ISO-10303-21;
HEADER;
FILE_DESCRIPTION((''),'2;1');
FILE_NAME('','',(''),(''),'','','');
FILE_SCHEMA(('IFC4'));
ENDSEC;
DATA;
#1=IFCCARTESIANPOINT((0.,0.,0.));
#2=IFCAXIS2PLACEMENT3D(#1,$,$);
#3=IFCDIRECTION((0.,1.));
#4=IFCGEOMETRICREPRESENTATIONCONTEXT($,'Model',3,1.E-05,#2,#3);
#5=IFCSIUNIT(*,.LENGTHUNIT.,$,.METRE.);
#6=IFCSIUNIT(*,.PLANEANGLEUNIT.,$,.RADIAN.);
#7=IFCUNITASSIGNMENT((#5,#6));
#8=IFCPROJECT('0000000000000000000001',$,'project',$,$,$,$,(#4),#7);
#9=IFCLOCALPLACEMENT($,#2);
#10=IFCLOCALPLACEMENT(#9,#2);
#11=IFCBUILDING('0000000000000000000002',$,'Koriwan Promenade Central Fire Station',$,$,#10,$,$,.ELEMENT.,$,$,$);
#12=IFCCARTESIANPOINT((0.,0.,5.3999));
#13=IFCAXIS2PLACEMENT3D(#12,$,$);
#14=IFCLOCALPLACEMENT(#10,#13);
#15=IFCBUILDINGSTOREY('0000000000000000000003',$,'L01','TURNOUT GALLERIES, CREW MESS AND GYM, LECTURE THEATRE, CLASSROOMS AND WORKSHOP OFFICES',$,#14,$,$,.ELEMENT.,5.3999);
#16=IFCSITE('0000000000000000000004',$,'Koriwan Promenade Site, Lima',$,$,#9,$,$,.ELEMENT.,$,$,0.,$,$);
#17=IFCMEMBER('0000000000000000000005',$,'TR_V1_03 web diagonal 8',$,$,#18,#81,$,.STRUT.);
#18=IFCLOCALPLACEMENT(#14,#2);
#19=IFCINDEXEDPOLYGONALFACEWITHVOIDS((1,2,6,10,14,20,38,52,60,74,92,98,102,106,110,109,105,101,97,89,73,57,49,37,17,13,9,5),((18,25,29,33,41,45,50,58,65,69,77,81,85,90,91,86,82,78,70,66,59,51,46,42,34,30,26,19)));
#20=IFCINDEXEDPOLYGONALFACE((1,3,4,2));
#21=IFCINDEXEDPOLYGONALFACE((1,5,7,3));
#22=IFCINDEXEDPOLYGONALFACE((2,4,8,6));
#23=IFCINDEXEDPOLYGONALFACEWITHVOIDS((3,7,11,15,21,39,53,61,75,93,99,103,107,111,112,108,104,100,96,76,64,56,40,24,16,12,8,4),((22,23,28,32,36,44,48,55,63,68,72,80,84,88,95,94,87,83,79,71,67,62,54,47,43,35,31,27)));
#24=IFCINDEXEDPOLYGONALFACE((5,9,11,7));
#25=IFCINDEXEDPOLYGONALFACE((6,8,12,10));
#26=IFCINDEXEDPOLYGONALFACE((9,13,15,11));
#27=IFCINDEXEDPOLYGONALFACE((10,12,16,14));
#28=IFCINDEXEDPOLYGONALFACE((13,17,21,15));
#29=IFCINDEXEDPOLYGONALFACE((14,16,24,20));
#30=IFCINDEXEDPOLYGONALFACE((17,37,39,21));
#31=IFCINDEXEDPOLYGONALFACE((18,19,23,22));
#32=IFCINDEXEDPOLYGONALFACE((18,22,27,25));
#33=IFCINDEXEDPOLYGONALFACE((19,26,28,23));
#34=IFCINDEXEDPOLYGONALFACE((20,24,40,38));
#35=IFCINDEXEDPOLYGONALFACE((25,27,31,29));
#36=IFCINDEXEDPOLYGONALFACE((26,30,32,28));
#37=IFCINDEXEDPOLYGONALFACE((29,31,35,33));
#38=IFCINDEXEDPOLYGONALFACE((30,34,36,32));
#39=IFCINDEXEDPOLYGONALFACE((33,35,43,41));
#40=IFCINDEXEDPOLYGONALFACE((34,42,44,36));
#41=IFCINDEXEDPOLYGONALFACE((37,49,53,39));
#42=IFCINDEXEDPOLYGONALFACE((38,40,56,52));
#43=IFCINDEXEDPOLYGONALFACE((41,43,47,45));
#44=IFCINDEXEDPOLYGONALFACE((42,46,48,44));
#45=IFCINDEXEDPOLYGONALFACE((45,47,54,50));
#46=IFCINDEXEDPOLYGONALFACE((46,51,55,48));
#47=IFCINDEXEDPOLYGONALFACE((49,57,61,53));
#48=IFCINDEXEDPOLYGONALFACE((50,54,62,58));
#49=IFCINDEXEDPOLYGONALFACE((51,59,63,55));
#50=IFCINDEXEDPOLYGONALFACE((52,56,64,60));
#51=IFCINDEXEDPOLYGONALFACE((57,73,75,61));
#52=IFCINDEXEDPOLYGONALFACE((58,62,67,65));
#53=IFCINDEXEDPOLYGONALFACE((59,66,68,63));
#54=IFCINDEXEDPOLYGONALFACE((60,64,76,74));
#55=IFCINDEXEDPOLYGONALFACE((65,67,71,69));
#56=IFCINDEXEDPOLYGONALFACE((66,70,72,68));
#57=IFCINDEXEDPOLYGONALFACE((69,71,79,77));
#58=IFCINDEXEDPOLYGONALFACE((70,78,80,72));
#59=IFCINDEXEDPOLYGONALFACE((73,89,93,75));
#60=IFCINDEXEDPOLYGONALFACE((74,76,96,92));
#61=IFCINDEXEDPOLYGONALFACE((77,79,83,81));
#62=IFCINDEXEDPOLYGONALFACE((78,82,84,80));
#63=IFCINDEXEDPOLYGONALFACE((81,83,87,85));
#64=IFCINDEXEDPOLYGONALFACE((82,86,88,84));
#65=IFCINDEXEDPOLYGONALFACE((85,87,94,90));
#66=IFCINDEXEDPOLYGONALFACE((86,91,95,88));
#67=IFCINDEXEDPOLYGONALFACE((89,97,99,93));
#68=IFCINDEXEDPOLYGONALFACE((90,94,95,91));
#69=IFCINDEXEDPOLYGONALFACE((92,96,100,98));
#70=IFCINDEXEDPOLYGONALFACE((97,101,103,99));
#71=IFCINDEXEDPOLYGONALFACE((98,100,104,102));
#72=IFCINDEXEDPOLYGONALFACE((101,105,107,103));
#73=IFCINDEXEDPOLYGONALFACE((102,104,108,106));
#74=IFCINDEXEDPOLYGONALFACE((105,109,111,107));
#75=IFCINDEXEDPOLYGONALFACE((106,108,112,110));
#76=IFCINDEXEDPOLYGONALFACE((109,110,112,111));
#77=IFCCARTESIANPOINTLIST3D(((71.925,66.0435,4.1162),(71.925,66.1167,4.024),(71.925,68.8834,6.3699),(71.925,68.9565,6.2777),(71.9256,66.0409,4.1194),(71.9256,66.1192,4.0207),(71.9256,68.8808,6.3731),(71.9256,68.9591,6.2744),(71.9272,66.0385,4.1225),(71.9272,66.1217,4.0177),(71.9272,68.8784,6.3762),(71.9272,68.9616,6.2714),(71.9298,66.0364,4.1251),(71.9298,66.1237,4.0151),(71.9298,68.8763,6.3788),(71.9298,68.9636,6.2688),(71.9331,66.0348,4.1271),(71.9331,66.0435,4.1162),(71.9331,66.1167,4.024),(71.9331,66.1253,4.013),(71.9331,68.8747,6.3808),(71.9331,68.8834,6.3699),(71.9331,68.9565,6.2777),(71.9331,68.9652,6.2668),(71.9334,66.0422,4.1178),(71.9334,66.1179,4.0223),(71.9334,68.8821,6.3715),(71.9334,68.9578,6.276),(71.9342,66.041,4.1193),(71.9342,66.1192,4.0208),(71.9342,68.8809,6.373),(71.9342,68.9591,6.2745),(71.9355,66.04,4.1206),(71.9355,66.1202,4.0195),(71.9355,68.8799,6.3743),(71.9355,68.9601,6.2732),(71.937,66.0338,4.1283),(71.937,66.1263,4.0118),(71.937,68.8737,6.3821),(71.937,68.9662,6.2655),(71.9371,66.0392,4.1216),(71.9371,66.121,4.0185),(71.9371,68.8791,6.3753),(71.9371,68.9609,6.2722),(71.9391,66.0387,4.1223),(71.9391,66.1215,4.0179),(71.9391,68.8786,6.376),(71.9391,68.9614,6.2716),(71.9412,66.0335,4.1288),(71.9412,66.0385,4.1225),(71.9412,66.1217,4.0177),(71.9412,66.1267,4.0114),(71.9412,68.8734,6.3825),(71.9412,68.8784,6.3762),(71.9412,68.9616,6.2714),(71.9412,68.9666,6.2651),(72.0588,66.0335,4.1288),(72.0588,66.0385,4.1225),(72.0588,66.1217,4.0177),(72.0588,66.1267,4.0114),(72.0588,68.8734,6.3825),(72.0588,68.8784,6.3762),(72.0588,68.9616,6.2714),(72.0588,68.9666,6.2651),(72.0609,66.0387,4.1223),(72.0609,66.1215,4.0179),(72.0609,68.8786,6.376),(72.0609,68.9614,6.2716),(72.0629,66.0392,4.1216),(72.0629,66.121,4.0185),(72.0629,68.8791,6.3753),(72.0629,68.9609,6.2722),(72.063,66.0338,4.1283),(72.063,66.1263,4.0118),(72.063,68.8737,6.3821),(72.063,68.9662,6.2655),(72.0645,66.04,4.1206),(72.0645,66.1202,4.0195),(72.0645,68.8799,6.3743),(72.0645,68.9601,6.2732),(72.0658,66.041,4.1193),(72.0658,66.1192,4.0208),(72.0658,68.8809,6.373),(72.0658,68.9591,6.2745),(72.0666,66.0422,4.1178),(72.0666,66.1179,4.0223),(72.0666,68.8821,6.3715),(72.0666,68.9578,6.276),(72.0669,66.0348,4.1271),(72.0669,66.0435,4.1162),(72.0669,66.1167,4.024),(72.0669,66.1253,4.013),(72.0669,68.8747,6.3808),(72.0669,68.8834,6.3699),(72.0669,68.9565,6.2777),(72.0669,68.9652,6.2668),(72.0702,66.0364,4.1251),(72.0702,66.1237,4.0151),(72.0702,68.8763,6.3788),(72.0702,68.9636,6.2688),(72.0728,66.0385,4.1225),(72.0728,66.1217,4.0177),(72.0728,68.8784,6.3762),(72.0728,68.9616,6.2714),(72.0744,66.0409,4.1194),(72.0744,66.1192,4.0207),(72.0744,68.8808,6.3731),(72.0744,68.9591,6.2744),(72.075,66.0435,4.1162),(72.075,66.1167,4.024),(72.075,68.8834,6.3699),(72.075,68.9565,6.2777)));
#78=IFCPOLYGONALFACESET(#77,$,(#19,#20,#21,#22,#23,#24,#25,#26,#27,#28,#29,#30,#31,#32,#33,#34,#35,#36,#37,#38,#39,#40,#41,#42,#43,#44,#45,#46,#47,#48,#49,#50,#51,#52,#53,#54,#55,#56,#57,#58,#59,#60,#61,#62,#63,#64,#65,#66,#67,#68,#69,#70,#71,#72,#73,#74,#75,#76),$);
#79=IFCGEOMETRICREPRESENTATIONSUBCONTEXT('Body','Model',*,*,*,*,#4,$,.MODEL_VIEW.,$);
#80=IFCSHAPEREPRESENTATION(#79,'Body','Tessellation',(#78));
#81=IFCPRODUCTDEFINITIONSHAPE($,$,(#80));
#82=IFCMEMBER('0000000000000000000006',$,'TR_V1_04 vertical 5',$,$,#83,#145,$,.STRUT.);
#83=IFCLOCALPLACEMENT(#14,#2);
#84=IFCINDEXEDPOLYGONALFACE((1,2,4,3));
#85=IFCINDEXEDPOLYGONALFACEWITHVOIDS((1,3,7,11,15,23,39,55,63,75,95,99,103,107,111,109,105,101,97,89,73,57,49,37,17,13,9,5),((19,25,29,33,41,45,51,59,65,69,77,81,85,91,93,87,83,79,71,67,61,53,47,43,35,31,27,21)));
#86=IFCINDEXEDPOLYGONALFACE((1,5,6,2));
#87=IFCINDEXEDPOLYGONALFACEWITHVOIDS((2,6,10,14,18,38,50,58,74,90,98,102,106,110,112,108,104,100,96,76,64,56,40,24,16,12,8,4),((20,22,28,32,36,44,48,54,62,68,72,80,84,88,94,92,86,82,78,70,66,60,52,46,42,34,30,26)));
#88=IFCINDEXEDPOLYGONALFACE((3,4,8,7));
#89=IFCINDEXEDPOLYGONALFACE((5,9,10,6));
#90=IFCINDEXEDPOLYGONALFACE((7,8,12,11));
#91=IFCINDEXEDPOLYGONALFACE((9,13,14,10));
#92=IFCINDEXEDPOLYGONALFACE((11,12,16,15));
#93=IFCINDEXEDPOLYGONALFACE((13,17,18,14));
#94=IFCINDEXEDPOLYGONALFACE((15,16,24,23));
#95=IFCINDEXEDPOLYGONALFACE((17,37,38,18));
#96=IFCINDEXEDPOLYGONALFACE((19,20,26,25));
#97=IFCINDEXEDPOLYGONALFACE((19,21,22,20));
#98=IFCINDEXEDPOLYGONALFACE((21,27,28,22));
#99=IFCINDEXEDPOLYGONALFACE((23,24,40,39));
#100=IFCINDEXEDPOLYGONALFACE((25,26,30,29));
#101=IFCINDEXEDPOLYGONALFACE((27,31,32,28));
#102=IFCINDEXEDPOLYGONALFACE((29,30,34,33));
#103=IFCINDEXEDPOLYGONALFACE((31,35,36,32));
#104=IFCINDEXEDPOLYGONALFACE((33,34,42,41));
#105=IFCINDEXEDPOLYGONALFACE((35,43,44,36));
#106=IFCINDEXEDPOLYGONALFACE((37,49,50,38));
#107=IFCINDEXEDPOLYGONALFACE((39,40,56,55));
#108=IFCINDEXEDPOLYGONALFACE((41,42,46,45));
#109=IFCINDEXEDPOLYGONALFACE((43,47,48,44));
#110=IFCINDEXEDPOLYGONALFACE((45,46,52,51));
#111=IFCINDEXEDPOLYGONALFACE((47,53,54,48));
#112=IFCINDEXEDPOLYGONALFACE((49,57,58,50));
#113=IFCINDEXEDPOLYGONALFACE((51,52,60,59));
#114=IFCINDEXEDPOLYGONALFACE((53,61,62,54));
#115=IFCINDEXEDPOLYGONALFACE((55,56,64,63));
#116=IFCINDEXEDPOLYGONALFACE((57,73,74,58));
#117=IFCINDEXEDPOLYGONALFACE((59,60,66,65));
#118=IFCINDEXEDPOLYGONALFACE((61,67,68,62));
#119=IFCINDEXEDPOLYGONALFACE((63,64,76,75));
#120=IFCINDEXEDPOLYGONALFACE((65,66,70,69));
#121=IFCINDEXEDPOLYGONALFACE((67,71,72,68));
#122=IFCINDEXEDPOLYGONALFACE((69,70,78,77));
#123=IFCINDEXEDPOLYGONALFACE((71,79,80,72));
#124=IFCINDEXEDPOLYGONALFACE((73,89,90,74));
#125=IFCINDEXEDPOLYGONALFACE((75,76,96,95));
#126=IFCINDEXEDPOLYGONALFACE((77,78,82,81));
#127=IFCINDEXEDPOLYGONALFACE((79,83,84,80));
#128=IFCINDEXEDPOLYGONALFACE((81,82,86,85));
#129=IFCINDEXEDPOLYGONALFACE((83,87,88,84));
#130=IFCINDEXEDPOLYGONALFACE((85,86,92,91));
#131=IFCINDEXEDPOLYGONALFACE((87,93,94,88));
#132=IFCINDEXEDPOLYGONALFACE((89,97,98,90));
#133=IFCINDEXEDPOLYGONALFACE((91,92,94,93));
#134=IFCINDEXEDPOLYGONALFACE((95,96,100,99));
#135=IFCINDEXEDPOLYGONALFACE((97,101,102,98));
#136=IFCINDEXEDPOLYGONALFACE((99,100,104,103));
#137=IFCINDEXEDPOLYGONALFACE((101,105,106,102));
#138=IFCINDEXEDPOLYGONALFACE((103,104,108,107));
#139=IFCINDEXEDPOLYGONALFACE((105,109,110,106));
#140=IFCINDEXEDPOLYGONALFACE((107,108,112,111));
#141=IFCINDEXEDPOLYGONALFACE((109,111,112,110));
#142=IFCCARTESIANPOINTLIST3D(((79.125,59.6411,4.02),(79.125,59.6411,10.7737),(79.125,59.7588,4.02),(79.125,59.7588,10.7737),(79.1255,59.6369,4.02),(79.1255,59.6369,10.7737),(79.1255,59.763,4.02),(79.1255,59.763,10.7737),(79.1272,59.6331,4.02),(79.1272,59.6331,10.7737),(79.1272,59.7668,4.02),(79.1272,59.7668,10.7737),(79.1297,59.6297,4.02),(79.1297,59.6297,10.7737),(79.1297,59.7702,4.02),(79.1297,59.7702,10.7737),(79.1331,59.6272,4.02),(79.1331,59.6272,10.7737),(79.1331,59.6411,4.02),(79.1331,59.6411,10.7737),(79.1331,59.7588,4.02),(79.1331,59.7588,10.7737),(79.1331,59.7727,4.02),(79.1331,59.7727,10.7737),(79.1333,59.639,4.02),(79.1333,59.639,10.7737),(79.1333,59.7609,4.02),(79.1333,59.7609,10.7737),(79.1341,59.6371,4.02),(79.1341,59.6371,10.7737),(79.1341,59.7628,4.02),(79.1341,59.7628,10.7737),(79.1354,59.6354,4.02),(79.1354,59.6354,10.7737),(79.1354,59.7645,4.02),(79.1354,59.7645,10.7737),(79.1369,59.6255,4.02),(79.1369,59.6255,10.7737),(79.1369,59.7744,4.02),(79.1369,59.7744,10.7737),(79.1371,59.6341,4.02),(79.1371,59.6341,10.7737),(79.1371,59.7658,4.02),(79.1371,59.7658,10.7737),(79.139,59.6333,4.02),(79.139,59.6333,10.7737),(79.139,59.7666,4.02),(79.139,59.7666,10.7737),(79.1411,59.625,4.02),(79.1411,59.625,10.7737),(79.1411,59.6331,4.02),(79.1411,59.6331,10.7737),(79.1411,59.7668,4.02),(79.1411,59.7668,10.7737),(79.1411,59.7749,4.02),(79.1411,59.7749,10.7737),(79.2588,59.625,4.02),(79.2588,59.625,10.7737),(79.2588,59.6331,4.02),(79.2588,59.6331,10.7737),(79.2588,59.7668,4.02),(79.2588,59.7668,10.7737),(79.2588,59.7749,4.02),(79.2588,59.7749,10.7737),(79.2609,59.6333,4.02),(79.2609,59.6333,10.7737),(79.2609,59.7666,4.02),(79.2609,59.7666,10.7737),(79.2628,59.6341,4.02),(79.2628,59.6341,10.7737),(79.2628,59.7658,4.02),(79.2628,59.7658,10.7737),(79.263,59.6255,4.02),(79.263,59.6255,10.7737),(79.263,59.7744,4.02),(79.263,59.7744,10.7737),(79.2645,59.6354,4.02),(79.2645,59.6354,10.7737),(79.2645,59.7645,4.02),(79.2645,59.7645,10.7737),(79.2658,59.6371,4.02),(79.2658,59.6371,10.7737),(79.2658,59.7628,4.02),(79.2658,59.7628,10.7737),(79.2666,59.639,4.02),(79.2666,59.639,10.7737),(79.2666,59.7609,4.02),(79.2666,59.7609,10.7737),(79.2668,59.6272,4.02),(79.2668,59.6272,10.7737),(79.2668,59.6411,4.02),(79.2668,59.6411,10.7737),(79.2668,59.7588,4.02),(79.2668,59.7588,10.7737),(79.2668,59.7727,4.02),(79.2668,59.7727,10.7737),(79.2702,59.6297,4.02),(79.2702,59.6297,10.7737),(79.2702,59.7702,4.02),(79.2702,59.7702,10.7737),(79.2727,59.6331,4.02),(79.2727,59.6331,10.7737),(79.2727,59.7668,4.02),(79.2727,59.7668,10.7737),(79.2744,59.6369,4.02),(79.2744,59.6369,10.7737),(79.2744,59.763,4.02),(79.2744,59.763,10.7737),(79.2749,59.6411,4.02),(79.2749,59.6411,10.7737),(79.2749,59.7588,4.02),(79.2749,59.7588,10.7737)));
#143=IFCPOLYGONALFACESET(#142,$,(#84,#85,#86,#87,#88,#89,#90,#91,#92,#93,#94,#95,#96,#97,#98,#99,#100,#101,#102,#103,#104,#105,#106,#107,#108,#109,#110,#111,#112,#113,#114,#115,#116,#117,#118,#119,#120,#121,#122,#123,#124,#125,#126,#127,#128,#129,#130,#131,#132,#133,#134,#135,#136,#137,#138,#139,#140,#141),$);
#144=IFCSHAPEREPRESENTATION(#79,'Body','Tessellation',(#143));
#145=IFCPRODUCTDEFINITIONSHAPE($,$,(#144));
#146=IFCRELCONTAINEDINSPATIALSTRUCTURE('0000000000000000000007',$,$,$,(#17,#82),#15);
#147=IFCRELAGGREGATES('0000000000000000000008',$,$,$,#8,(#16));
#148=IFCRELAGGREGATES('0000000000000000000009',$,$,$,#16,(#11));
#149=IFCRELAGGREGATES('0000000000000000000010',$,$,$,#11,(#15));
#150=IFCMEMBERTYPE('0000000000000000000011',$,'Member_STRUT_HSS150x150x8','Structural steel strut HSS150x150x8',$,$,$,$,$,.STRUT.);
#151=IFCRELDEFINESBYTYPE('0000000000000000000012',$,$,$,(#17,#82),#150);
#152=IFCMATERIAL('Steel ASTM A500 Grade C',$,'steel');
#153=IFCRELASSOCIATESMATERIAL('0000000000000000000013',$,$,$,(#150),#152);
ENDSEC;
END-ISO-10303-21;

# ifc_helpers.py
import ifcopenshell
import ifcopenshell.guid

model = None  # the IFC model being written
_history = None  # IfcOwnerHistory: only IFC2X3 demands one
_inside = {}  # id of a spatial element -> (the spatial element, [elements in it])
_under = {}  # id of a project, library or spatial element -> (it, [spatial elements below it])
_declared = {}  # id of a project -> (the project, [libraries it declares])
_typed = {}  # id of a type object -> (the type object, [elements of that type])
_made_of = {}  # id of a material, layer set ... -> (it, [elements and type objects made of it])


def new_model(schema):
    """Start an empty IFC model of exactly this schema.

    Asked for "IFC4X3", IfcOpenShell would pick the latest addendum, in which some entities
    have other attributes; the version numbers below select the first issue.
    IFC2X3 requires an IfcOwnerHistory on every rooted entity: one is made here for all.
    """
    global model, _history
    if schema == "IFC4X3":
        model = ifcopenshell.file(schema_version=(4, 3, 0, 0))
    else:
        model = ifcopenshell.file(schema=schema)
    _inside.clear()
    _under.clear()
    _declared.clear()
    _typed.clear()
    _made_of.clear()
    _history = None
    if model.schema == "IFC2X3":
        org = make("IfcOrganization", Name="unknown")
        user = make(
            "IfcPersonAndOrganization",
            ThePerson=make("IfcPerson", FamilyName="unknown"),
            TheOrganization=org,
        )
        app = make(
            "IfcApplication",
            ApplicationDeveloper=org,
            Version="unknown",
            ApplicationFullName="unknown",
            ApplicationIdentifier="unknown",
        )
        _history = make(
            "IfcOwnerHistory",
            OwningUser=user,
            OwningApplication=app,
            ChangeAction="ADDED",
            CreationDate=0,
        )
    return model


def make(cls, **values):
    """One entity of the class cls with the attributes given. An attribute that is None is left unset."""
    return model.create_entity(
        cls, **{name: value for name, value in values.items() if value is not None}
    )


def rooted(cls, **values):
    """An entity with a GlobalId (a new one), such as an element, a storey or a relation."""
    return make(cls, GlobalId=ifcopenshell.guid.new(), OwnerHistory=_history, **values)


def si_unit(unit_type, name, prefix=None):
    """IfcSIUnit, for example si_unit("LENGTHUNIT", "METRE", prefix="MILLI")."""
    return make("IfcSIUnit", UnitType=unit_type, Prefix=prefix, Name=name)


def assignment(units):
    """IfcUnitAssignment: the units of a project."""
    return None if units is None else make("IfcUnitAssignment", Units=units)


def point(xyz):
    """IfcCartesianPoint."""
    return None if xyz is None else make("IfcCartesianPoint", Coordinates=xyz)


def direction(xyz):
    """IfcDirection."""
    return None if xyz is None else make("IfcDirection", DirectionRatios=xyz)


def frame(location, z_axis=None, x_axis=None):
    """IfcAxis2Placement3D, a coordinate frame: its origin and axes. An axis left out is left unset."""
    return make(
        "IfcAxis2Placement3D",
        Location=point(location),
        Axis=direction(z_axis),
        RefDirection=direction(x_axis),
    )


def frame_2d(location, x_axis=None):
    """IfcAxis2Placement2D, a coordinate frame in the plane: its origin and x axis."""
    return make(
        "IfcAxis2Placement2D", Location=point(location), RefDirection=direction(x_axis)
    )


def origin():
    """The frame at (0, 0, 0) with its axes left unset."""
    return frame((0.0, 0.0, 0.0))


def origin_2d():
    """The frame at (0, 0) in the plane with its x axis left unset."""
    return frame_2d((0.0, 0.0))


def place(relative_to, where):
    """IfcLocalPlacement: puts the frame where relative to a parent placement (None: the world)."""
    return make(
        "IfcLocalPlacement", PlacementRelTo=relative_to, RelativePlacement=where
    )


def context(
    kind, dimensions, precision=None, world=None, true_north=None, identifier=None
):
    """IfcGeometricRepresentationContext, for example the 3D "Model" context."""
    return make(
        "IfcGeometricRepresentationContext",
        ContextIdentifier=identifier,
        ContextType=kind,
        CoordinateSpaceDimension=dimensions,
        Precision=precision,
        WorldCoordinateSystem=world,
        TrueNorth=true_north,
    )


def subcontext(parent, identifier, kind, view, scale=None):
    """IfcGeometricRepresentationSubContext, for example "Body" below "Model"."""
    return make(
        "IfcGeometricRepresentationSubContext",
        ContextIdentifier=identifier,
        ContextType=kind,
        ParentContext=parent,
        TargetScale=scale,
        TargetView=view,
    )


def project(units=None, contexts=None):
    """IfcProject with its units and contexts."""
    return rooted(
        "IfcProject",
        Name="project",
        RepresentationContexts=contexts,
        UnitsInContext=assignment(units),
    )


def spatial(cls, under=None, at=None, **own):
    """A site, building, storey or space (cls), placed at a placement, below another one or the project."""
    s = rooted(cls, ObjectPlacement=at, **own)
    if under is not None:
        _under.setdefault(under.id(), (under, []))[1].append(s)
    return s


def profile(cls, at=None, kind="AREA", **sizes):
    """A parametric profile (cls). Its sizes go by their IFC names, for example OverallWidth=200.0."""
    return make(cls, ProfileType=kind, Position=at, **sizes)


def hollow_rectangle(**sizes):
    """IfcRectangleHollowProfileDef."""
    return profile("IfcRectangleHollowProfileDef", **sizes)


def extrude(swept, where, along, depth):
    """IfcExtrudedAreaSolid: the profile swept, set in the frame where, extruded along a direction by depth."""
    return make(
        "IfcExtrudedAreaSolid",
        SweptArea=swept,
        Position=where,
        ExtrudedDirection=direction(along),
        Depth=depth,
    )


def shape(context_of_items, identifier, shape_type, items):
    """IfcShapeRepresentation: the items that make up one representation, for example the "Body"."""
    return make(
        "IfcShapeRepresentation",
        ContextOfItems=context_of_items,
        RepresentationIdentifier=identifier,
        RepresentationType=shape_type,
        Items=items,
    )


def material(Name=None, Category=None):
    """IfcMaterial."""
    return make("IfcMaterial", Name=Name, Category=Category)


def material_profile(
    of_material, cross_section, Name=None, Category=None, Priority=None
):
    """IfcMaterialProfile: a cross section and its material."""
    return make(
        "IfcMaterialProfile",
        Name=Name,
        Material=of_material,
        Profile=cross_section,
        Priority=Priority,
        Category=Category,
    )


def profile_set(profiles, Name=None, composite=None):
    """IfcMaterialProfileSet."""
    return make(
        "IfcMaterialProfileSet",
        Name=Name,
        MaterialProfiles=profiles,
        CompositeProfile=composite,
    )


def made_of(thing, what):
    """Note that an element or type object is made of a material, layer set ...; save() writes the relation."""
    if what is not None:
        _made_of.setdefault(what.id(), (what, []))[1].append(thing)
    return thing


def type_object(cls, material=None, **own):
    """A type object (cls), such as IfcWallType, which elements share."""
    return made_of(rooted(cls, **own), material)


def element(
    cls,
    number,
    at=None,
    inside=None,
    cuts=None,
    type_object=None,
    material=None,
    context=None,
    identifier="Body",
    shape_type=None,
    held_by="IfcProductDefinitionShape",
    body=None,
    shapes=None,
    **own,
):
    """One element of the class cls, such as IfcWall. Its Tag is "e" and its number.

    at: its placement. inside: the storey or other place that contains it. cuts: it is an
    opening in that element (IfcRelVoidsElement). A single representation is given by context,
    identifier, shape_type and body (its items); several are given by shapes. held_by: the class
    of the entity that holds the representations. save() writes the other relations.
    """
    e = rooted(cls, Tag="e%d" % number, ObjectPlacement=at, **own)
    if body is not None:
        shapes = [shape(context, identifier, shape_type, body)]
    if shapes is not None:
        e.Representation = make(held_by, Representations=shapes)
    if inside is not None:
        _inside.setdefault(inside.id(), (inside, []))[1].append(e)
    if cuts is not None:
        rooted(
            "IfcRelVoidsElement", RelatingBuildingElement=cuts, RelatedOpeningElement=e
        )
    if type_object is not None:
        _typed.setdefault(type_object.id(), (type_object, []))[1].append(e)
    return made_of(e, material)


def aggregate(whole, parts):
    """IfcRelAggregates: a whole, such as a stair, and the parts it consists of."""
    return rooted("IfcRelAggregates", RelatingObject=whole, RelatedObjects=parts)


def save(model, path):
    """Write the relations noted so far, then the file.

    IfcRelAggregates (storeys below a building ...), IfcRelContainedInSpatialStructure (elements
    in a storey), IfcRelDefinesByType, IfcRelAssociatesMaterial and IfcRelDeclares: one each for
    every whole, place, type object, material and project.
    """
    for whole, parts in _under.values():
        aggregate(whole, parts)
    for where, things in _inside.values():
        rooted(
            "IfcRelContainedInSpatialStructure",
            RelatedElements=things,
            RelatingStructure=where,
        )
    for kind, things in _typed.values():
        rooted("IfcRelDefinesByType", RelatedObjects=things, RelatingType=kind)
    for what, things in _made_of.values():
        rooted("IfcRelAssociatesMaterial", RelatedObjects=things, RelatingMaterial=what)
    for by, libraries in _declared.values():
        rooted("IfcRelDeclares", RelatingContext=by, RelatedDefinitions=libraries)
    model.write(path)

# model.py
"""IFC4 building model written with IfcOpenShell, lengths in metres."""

from ifc_helpers import new_model, si_unit, direction, frame, origin, origin_2d, place, context, subcontext, project, spatial, hollow_rectangle, extrude, material, material_profile, profile_set, type_object, element, save


model = new_model("IFC4")

# Units and contexts
model_context = context("Model", 3, precision=1e-05, world=origin(), true_north=direction((0.0, 1.0)))
body_context = subcontext(model_context, "Body", "Model", "MODEL_VIEW")
ifc_project = project(units=[si_unit("LENGTHUNIT", "METRE"), si_unit("PLANEANGLEUNIT", "RADIAN")], contexts=[model_context])

# Site, building, storey
site_placement = place(None, origin())
site = spatial("IfcSite", under=ifc_project, at=site_placement, Name="Koriwan Promenade Site, Lima", CompositionType="ELEMENT", RefElevation=0.0)
building_placement = place(site_placement, origin())
building = spatial("IfcBuilding", under=site, at=building_placement, Name="Koriwan Promenade Central Fire Station", CompositionType="ELEMENT")
storey_placement = place(building_placement, frame((0.0, 0.0, 5.3999)))
storey = spatial("IfcBuildingStorey", under=building, at=storey_placement, Name="L01", Description="TURNOUT GALLERIES, CREW MESS AND GYM, LECTURE THEATRE, CLASSROOMS AND WORKSHOP OFFICES", CompositionType="ELEMENT", Elevation=5.3999)

# Members
ifc_material_1 = material(Name="Steel ASTM A500 Grade C", Category="steel")
ifc_material_profile_1 = material_profile(ifc_material_1, hollow_rectangle(XDim=0.1499, YDim=0.1499, WallThickness=0.0081, InnerFilletRadius=0.0081, OuterFilletRadius=0.0161, at=origin_2d()), Name="HSS150x150x8")
ifc_profile_set_1 = profile_set([ifc_material_profile_1], Name="Steel ASTM A500 Grade C")
member_type_1 = type_object("IfcMemberType", Name="Member_STRUT_HSS150x150x8", Description="Structural steel strut HSS150x150x8", PredefinedType="STRUT", material=ifc_profile_set_1)
member_1_placement = place(storey_placement, frame((72.0, 66.0801, 4.0701), z_axis=(0.0, 0.783313, 0.621627), x_axis=(-1.0, 0.0, 0.0)))
element("IfcMember", 1, at=member_1_placement, inside=storey, type_object=member_type_1, Name="TR_V1_03 web diagonal 8", PredefinedType="STRUT", context=body_context, shape_type="SweptSolid", body=[
    extrude(hollow_rectangle(XDim=0.1499, YDim=0.1499, WallThickness=0.0081, InnerFilletRadius=0.0081, OuterFilletRadius=0.0161, at=origin_2d()), origin(), (0.0, 0.0, 1.0), 3.6255),
])
member_2_placement = place(storey_placement, frame((79.2, 59.7, 4.02), z_axis=(0.0, 0.0, 1.0), x_axis=(1.0, 0.0, 0.0)))
element("IfcMember", 2, at=member_2_placement, inside=storey, type_object=member_type_1, Name="TR_V1_04 vertical 5", PredefinedType="STRUT", context=body_context, shape_type="SweptSolid", body=[
    extrude(hollow_rectangle(XDim=0.1499, YDim=0.1499, WallThickness=0.0081, InnerFilletRadius=0.0081, OuterFilletRadius=0.0161, at=origin_2d()), origin(), (0.0, 0.0, 1.0), 6.7537),
])

save(model, "model.ifc")
